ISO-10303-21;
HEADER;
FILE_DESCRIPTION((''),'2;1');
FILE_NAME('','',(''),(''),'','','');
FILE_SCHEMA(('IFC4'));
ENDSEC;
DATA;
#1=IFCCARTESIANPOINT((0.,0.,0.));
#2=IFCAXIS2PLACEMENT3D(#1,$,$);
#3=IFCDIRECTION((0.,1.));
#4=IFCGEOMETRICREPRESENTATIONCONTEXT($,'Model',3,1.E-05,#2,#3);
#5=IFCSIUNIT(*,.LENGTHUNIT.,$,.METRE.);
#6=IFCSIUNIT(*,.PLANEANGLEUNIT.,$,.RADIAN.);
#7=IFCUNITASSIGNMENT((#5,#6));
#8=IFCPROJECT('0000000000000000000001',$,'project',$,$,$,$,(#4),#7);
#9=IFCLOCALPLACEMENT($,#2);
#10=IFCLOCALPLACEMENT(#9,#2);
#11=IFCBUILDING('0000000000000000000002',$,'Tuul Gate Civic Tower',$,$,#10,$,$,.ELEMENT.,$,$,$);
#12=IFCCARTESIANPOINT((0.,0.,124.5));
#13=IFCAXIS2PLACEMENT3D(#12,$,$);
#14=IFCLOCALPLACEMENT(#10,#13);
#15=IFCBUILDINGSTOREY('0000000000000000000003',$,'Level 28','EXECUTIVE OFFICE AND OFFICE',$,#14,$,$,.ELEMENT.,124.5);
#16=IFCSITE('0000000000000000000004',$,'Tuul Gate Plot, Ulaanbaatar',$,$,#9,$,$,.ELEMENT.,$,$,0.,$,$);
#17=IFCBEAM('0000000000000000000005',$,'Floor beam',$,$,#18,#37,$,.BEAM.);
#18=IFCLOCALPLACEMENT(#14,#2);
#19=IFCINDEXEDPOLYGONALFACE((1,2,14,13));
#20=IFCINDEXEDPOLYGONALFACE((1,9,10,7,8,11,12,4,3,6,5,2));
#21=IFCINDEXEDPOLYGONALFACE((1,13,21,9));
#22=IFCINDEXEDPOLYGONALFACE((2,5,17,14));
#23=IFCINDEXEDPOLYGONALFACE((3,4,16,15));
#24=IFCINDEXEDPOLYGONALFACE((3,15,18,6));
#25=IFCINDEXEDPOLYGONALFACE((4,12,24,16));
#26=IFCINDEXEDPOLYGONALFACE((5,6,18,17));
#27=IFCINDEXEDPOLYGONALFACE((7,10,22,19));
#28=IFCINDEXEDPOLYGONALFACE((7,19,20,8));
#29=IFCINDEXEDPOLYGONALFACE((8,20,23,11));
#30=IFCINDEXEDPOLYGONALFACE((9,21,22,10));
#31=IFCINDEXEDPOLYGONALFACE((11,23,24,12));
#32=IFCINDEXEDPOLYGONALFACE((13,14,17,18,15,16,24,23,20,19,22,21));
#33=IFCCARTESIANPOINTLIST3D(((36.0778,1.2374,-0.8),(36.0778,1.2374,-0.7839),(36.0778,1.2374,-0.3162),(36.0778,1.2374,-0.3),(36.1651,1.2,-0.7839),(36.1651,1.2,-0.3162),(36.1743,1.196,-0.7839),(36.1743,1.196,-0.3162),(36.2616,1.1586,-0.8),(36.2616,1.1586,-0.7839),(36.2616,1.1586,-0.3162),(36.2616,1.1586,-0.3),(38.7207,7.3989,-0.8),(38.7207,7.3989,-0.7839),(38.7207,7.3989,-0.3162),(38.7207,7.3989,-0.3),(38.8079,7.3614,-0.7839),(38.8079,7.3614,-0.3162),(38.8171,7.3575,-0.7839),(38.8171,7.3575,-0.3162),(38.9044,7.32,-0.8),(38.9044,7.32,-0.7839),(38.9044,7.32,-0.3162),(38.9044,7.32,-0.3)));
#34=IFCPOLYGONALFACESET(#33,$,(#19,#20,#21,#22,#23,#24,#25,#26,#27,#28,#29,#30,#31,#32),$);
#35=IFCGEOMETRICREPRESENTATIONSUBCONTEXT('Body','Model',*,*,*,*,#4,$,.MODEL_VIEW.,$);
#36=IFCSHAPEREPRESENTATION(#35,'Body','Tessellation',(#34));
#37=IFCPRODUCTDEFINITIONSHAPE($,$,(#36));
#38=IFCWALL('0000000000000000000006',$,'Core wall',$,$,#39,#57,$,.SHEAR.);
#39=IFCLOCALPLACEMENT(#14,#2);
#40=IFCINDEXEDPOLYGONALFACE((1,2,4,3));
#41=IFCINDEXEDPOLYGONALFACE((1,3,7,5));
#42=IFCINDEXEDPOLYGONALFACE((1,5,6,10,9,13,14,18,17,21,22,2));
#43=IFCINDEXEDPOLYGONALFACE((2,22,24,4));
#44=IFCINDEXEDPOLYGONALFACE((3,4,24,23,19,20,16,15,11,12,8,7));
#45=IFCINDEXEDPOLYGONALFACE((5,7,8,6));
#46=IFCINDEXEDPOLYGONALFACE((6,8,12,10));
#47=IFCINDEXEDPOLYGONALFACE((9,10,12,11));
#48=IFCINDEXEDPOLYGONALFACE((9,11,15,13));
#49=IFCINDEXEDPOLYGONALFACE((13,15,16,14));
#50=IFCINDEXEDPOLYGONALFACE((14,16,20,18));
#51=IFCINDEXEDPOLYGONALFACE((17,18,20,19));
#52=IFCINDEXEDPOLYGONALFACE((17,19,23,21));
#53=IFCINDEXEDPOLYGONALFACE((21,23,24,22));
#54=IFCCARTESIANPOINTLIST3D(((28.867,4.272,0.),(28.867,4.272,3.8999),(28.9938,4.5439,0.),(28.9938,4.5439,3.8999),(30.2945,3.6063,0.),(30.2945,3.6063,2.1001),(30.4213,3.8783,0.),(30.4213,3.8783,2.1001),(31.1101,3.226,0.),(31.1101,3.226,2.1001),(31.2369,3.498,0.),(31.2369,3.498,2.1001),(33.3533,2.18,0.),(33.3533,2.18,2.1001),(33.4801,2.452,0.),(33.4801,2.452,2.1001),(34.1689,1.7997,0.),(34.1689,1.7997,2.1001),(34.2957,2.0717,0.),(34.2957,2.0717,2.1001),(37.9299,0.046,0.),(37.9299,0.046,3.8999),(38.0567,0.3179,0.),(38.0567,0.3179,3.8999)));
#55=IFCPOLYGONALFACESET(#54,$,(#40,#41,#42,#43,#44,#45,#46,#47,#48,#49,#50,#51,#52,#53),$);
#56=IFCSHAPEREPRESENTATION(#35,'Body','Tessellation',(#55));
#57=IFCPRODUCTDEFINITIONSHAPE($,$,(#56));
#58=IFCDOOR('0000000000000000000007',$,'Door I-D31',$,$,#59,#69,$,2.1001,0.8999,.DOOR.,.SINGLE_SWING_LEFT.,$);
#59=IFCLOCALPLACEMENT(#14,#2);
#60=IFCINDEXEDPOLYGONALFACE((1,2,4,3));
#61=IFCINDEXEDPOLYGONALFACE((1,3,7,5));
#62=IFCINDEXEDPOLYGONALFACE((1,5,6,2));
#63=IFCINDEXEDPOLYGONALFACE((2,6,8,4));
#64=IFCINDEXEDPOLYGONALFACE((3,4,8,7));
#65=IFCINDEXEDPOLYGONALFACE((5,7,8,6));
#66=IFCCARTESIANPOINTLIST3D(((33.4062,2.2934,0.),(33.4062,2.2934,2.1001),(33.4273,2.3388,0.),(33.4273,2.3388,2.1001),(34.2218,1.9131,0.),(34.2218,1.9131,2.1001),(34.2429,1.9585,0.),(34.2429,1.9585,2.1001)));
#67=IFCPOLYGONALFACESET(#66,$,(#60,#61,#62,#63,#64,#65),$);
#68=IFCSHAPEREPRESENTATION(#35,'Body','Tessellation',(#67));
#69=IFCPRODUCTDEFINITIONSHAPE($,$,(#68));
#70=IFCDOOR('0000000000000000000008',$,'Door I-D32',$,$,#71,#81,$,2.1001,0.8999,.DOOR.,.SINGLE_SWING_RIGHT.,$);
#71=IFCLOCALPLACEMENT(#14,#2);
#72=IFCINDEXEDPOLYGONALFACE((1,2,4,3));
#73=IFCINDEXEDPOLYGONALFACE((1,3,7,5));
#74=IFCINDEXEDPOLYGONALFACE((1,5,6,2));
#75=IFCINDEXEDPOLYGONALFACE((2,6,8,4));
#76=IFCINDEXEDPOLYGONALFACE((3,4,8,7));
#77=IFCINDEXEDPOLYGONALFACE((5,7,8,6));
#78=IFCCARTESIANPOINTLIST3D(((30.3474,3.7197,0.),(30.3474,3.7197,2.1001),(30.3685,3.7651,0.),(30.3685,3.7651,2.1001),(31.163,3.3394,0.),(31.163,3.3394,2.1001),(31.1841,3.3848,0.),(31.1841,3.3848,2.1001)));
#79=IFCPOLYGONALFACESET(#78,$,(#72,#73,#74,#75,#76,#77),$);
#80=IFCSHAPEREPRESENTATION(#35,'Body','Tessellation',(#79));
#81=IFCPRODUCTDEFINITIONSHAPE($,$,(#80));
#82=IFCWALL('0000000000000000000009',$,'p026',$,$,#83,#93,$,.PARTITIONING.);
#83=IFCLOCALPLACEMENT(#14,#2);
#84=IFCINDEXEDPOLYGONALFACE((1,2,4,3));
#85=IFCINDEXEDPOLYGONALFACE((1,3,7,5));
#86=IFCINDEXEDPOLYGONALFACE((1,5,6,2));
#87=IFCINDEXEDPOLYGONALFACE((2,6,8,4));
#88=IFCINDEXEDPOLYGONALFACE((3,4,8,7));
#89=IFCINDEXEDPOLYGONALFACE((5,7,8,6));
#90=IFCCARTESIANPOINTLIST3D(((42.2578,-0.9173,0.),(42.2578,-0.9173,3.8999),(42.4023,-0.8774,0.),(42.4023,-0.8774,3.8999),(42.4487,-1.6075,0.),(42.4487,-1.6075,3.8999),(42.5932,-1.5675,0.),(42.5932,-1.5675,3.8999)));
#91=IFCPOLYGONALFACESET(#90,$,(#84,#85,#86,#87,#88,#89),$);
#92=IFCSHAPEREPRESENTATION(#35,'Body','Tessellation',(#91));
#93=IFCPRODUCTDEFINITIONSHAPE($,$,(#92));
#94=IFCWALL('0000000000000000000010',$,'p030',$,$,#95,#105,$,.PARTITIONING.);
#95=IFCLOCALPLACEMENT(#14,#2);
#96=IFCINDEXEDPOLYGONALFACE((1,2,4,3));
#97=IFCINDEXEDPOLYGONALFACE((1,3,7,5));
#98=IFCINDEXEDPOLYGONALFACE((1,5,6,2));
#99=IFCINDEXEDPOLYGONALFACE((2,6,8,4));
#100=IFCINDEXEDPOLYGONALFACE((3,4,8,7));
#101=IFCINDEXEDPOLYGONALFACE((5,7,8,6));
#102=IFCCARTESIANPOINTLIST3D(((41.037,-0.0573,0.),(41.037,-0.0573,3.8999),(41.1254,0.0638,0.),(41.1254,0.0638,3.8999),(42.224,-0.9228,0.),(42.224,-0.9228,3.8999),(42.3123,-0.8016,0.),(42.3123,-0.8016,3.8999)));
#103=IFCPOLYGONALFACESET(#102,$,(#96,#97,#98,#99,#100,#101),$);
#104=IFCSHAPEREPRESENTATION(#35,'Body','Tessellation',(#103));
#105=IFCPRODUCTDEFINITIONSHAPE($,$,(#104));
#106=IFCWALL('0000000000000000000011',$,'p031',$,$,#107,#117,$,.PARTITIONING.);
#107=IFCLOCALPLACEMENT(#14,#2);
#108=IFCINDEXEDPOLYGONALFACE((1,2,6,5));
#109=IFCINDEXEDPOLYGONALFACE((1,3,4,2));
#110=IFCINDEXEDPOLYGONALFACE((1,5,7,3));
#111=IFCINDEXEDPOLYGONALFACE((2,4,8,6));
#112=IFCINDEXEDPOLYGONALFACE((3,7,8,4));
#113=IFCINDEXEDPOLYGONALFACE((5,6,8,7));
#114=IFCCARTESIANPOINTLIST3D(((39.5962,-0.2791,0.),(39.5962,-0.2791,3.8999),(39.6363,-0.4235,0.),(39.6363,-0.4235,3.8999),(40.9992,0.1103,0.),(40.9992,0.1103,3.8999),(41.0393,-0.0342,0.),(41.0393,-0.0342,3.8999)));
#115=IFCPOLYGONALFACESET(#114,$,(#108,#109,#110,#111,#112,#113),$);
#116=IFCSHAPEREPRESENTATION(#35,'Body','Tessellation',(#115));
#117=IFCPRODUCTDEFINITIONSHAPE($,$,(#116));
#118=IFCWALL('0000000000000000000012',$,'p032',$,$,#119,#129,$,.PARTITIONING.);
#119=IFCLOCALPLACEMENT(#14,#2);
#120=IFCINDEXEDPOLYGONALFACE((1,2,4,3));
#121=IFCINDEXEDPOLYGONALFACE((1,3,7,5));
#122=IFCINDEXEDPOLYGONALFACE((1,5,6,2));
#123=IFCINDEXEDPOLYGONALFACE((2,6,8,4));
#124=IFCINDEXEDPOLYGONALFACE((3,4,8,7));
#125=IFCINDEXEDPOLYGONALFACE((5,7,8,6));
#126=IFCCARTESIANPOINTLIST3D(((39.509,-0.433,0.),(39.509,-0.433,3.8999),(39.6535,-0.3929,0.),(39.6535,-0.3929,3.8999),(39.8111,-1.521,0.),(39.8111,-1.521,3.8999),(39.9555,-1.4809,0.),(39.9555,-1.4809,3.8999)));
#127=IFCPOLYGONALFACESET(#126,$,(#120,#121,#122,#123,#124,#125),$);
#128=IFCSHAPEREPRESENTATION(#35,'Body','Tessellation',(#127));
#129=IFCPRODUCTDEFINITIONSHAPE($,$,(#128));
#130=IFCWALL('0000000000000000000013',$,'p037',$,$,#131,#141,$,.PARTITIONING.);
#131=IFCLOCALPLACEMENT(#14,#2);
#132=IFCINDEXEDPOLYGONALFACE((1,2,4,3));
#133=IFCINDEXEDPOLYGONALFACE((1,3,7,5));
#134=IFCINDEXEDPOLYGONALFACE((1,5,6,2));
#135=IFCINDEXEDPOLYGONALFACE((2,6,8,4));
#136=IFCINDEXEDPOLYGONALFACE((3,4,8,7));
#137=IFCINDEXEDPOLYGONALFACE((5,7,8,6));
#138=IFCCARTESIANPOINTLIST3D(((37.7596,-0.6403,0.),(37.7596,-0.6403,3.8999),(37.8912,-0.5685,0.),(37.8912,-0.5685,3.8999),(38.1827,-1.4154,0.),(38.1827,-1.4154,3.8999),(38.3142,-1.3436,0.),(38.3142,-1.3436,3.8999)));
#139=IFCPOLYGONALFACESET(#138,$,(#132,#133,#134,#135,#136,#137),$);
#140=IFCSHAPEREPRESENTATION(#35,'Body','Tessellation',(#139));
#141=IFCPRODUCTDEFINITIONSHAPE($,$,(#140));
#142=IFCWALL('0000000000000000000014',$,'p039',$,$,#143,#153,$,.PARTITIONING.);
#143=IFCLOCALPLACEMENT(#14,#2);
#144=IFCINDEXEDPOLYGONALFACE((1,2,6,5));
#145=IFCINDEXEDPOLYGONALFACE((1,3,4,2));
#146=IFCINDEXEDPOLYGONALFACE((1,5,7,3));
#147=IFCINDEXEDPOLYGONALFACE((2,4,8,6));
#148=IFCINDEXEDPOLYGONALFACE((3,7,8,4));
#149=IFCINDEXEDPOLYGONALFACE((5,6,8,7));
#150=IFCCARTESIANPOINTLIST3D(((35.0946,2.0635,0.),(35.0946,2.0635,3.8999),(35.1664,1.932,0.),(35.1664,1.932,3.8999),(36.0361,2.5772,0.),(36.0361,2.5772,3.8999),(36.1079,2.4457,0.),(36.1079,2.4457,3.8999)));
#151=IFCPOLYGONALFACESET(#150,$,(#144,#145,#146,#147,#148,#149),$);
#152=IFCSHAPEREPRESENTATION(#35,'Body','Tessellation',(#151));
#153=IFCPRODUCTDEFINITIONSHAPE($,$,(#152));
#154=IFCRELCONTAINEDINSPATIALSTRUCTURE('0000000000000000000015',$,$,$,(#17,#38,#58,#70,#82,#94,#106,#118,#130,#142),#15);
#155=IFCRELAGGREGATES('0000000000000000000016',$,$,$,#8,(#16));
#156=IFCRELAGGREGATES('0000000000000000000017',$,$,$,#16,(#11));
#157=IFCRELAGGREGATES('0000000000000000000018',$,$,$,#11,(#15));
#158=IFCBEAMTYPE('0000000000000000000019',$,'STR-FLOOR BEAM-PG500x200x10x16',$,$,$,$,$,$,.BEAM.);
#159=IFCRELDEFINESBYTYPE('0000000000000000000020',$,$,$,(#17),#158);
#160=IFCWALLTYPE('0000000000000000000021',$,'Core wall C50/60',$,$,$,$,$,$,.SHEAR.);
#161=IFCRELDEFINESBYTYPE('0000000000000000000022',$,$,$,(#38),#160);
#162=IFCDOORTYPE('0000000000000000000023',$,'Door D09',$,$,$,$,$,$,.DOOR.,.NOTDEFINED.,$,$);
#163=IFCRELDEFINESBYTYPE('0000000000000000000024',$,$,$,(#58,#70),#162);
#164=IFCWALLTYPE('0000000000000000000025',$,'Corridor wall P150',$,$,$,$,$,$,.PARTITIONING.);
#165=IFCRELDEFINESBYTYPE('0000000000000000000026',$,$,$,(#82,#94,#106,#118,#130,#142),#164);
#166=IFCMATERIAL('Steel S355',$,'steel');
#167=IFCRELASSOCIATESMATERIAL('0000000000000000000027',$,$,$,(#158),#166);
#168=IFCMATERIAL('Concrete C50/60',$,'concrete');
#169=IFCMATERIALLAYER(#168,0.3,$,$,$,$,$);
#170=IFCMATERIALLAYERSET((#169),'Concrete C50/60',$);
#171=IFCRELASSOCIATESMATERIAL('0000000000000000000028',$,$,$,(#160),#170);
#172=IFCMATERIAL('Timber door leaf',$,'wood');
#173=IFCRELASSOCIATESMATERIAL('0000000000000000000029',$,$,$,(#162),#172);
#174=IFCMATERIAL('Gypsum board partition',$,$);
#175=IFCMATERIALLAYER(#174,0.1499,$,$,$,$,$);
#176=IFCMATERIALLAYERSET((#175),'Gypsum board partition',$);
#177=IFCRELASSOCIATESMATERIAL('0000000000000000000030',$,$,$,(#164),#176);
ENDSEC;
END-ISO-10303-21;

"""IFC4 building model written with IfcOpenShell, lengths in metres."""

from ifc_helpers import new_model, si_unit, direction, frame, frame_2d, origin, origin_2d, place, context, subcontext, project, spatial, rectangle, i_section, extrude, material, layer, layer_set, material_profile, profile_set, type_object, element, fill, save


model = new_model("IFC4")

# Units and contexts
model_context = context("Model", 3, precision=1e-05, world=origin(), true_north=direction((0.0, 1.0)))
body_context = subcontext(model_context, "Body", "Model", "MODEL_VIEW")
ifc_project = project(units=[si_unit("LENGTHUNIT", "METRE"), si_unit("PLANEANGLEUNIT", "RADIAN")], contexts=[model_context])

# Site, building, storey
site_placement = place(None, origin())
site = spatial("IfcSite", under=ifc_project, at=site_placement, Name="Tuul Gate Plot, Ulaanbaatar", CompositionType="ELEMENT", RefElevation=0.0)
building_placement = place(site_placement, origin())
building = spatial("IfcBuilding", under=site, at=building_placement, Name="Tuul Gate Civic Tower", CompositionType="ELEMENT")
storey_placement = place(building_placement, frame((0.0, 0.0, 124.5)))
storey = spatial("IfcBuildingStorey", under=building, at=storey_placement, Name="Level 28", Description="EXECUTIVE OFFICE AND OFFICE", CompositionType="ELEMENT", Elevation=124.5)

# Beam
ifc_material_1 = material(Name="Steel S355", Category="steel")
ifc_material_profile = material_profile(ifc_material_1, i_section(OverallWidth=0.2, OverallDepth=0.5, WebThickness=0.01, FlangeThickness=0.0161, at=origin_2d()), Name="PG500x200x10x16")
ifc_profile_set = profile_set([ifc_material_profile], Name="Steel S355")
beam_type = type_object("IfcBeamType", Name="STR-FLOOR BEAM-PG500x200x10x16", PredefinedType="BEAM", material=ifc_profile_set)
beam_placement = place(storey_placement, frame((36.1697, 1.198, -0.55), z_axis=(0.394201, 0.919024, 0.0), x_axis=(-0.919024, 0.394201, 0.0)))
element("IfcBeam", 1, at=beam_placement, inside=storey, type_object=beam_type, Name="Floor beam", PredefinedType="BEAM", context=body_context, shape_type="SweptSolid", body=[
    extrude(i_section(OverallWidth=0.2, OverallDepth=0.5, WebThickness=0.01, FlangeThickness=0.0161, at=origin_2d()), origin(), (0.0, 0.0, 1.0), 6.7043),
])

# Wall, openings, doors
ifc_material_2 = material(Name="Concrete C50/60", Category="concrete")
ifc_layer_1 = layer(ifc_material_2, 0.3)
ifc_layer_set_1 = layer_set([ifc_layer_1], Name="Concrete C50/60")
wall_type_1 = type_object("IfcWallType", Name="Core wall C50/60", PredefinedType="SHEAR", material=ifc_layer_set_1)
wall_1_placement = place(storey_placement, frame((37.9934, 0.1819, 0.0), z_axis=(0.0, 0.0, 1.0), x_axis=(-0.90631, 0.422613, 0.0)))
wall_1 = element("IfcWall", 2, at=wall_1_placement, inside=storey, type_object=wall_type_1, Name="Core wall", PredefinedType="SHEAR", context=body_context, shape_type="SweptSolid", body=[
    extrude(rectangle(XDim=9.9998, YDim=0.3, at=frame_2d((5.0, 0.0))), origin(), (0.0, 0.0, 1.0), 3.8999),
])
opening_1_placement = place(wall_1_placement, frame((4.1499, 0.0, 0.0)))
opening_1 = element("IfcOpeningElement", 3, at=opening_1_placement, cuts=wall_1, PredefinedType="OPENING", context=body_context, shape_type="SweptSolid", body=[
    extrude(rectangle(XDim=0.8999, YDim=2.1001, at=frame_2d((0.45, 1.05))), frame((0.0, 0.1602, 0.0), z_axis=(0.0, -1.0, 0.0), x_axis=(1.0, 0.0, 0.0)), (0.0, 0.0, 1.0), 0.3201),
])
opening_2_placement = place(wall_1_placement, frame((7.5249, 0.0, 0.0)))
opening_2 = element("IfcOpeningElement", 4, at=opening_2_placement, cuts=wall_1, PredefinedType="OPENING", context=body_context, shape_type="SweptSolid", body=[
    extrude(rectangle(XDim=0.8999, YDim=2.1001, at=frame_2d((0.45, 1.05))), frame((0.0, 0.1602, 0.0), z_axis=(0.0, -1.0, 0.0), x_axis=(1.0, 0.0, 0.0)), (0.0, 0.0, 1.0), 0.3201),
])
ifc_material_3 = material(Name="Timber door leaf", Category="wood")
door_type = type_object("IfcDoorType", Name="Door D09", OperationType="NOTDEFINED", PredefinedType="DOOR", material=ifc_material_3)
door_1_placement = place(opening_1_placement, origin())
door_1 = element("IfcDoor", 5, at=door_1_placement, inside=storey, type_object=door_type, Name="Door I-D31", OperationType="SINGLE_SWING_LEFT", OverallHeight=2.1001, OverallWidth=0.8999, PredefinedType="DOOR", context=body_context, shape_type="SweptSolid", body=[
    extrude(rectangle(XDim=0.8999, YDim=2.1001, at=frame_2d((0.45, 1.05))), frame((0.0, 0.0249, 0.0), z_axis=(0.0, -1.0, 0.0), x_axis=(1.0, 0.0, 0.0)), (0.0, 0.0, 1.0), 0.05),
])
fill(opening_1, door_1)
door_2_placement = place(opening_2_placement, origin())
door_2 = element("IfcDoor", 6, at=door_2_placement, inside=storey, type_object=door_type, Name="Door I-D32", OperationType="SINGLE_SWING_RIGHT", OverallHeight=2.1001, OverallWidth=0.8999, PredefinedType="DOOR", context=body_context, shape_type="SweptSolid", body=[
    extrude(rectangle(XDim=0.8999, YDim=2.1001, at=frame_2d((0.45, 1.05))), frame((0.0, 0.0249, 0.0), z_axis=(0.0, -1.0, 0.0), x_axis=(1.0, 0.0, 0.0)), (0.0, 0.0, 1.0), 0.05),
])
fill(opening_2, door_2)

# Walls
ifc_material_4 = material(Name="Gypsum board partition")
ifc_layer_2 = layer(ifc_material_4, 0.1499)
ifc_layer_set_2 = layer_set([ifc_layer_2], Name="Gypsum board partition")
wall_type_2 = type_object("IfcWallType", Name="Corridor wall P150", PredefinedType="PARTITIONING", material=ifc_layer_set_2)
wall_2_placement = place(storey_placement, frame((42.3301, -0.8975, 0.0), z_axis=(0.0, 0.0, 1.0), x_axis=(0.266606, -0.963806, 0.0)))
element("IfcWall", 7, at=wall_2_placement, inside=storey, type_object=wall_type_2, Name="p026", PredefinedType="PARTITIONING", context=body_context, shape_type="SweptSolid", body=[
    extrude(rectangle(XDim=0.7161, YDim=0.1499, at=frame_2d((0.3579, 0.0))), origin(), (0.0, 0.0, 1.0), 3.8999),
])
wall_3_placement = place(storey_placement, frame((41.0813, 0.0032, 0.0), z_axis=(0.0, 0.0, 1.0), x_axis=(0.808024, -0.58915, 0.0)))
element("IfcWall", 8, at=wall_3_placement, inside=storey, type_object=wall_type_2, Name="p030", PredefinedType="PARTITIONING", context=body_context, shape_type="SweptSolid", body=[
    extrude(rectangle(XDim=1.469, YDim=0.1499, at=frame_2d((0.7344, 0.0))), origin(), (0.0, 0.0, 1.0), 3.8999),
])
wall_4_placement = place(storey_placement, frame((39.6162, -0.3513, 0.0), z_axis=(0.0, 0.0, 1.0), x_axis=(0.963578, 0.267428, 0.0)))
element("IfcWall", 9, at=wall_4_placement, inside=storey, type_object=wall_type_2, Name="p031", PredefinedType="PARTITIONING", context=body_context, shape_type="SweptSolid", body=[
    extrude(rectangle(XDim=1.4561, YDim=0.1499, at=frame_2d((0.728, 0.0))), origin(), (0.0, 0.0, 1.0), 3.8999),
])
wall_5_placement = place(storey_placement, frame((39.5813, -0.4131, 0.0), z_axis=(0.0, 0.0, 1.0), x_axis=(0.267488, -0.963561, 0.0)))
element("IfcWall", 10, at=wall_5_placement, inside=storey, type_object=wall_type_2, Name="p032", PredefinedType="PARTITIONING", context=body_context, shape_type="SweptSolid", body=[
    extrude(rectangle(XDim=1.1292, YDim=0.1499, at=frame_2d((0.5645, 0.0))), origin(), (0.0, 0.0, 1.0), 3.8999),
])
wall_6_placement = place(storey_placement, frame((37.8254, -0.6045, 0.0), z_axis=(0.0, 0.0, 1.0), x_axis=(0.479104, -0.877758, 0.0)))
element("IfcWall", 11, at=wall_6_placement, inside=storey, type_object=wall_type_2, Name="p037", PredefinedType="PARTITIONING", context=body_context, shape_type="SweptSolid", body=[
    extrude(rectangle(XDim=0.8831, YDim=0.1499, at=frame_2d((0.4414, 0.0))), origin(), (0.0, 0.0, 1.0), 3.8999),
])
wall_7_placement = place(storey_placement, frame((35.1306, 1.9978, 0.0), z_axis=(0.0, 0.0, 1.0), x_axis=(0.877826, 0.47898, 0.0)))
element("IfcWall", 12, at=wall_7_placement, inside=storey, type_object=wall_type_2, Name="p039", PredefinedType="PARTITIONING", context=body_context, shape_type="SweptSolid", body=[
    extrude(rectangle(XDim=1.0725, YDim=0.1499, at=frame_2d((0.5361, 0.0))), origin(), (0.0, 0.0, 1.0), 3.8999),
])

save(model, "model.ifc")
